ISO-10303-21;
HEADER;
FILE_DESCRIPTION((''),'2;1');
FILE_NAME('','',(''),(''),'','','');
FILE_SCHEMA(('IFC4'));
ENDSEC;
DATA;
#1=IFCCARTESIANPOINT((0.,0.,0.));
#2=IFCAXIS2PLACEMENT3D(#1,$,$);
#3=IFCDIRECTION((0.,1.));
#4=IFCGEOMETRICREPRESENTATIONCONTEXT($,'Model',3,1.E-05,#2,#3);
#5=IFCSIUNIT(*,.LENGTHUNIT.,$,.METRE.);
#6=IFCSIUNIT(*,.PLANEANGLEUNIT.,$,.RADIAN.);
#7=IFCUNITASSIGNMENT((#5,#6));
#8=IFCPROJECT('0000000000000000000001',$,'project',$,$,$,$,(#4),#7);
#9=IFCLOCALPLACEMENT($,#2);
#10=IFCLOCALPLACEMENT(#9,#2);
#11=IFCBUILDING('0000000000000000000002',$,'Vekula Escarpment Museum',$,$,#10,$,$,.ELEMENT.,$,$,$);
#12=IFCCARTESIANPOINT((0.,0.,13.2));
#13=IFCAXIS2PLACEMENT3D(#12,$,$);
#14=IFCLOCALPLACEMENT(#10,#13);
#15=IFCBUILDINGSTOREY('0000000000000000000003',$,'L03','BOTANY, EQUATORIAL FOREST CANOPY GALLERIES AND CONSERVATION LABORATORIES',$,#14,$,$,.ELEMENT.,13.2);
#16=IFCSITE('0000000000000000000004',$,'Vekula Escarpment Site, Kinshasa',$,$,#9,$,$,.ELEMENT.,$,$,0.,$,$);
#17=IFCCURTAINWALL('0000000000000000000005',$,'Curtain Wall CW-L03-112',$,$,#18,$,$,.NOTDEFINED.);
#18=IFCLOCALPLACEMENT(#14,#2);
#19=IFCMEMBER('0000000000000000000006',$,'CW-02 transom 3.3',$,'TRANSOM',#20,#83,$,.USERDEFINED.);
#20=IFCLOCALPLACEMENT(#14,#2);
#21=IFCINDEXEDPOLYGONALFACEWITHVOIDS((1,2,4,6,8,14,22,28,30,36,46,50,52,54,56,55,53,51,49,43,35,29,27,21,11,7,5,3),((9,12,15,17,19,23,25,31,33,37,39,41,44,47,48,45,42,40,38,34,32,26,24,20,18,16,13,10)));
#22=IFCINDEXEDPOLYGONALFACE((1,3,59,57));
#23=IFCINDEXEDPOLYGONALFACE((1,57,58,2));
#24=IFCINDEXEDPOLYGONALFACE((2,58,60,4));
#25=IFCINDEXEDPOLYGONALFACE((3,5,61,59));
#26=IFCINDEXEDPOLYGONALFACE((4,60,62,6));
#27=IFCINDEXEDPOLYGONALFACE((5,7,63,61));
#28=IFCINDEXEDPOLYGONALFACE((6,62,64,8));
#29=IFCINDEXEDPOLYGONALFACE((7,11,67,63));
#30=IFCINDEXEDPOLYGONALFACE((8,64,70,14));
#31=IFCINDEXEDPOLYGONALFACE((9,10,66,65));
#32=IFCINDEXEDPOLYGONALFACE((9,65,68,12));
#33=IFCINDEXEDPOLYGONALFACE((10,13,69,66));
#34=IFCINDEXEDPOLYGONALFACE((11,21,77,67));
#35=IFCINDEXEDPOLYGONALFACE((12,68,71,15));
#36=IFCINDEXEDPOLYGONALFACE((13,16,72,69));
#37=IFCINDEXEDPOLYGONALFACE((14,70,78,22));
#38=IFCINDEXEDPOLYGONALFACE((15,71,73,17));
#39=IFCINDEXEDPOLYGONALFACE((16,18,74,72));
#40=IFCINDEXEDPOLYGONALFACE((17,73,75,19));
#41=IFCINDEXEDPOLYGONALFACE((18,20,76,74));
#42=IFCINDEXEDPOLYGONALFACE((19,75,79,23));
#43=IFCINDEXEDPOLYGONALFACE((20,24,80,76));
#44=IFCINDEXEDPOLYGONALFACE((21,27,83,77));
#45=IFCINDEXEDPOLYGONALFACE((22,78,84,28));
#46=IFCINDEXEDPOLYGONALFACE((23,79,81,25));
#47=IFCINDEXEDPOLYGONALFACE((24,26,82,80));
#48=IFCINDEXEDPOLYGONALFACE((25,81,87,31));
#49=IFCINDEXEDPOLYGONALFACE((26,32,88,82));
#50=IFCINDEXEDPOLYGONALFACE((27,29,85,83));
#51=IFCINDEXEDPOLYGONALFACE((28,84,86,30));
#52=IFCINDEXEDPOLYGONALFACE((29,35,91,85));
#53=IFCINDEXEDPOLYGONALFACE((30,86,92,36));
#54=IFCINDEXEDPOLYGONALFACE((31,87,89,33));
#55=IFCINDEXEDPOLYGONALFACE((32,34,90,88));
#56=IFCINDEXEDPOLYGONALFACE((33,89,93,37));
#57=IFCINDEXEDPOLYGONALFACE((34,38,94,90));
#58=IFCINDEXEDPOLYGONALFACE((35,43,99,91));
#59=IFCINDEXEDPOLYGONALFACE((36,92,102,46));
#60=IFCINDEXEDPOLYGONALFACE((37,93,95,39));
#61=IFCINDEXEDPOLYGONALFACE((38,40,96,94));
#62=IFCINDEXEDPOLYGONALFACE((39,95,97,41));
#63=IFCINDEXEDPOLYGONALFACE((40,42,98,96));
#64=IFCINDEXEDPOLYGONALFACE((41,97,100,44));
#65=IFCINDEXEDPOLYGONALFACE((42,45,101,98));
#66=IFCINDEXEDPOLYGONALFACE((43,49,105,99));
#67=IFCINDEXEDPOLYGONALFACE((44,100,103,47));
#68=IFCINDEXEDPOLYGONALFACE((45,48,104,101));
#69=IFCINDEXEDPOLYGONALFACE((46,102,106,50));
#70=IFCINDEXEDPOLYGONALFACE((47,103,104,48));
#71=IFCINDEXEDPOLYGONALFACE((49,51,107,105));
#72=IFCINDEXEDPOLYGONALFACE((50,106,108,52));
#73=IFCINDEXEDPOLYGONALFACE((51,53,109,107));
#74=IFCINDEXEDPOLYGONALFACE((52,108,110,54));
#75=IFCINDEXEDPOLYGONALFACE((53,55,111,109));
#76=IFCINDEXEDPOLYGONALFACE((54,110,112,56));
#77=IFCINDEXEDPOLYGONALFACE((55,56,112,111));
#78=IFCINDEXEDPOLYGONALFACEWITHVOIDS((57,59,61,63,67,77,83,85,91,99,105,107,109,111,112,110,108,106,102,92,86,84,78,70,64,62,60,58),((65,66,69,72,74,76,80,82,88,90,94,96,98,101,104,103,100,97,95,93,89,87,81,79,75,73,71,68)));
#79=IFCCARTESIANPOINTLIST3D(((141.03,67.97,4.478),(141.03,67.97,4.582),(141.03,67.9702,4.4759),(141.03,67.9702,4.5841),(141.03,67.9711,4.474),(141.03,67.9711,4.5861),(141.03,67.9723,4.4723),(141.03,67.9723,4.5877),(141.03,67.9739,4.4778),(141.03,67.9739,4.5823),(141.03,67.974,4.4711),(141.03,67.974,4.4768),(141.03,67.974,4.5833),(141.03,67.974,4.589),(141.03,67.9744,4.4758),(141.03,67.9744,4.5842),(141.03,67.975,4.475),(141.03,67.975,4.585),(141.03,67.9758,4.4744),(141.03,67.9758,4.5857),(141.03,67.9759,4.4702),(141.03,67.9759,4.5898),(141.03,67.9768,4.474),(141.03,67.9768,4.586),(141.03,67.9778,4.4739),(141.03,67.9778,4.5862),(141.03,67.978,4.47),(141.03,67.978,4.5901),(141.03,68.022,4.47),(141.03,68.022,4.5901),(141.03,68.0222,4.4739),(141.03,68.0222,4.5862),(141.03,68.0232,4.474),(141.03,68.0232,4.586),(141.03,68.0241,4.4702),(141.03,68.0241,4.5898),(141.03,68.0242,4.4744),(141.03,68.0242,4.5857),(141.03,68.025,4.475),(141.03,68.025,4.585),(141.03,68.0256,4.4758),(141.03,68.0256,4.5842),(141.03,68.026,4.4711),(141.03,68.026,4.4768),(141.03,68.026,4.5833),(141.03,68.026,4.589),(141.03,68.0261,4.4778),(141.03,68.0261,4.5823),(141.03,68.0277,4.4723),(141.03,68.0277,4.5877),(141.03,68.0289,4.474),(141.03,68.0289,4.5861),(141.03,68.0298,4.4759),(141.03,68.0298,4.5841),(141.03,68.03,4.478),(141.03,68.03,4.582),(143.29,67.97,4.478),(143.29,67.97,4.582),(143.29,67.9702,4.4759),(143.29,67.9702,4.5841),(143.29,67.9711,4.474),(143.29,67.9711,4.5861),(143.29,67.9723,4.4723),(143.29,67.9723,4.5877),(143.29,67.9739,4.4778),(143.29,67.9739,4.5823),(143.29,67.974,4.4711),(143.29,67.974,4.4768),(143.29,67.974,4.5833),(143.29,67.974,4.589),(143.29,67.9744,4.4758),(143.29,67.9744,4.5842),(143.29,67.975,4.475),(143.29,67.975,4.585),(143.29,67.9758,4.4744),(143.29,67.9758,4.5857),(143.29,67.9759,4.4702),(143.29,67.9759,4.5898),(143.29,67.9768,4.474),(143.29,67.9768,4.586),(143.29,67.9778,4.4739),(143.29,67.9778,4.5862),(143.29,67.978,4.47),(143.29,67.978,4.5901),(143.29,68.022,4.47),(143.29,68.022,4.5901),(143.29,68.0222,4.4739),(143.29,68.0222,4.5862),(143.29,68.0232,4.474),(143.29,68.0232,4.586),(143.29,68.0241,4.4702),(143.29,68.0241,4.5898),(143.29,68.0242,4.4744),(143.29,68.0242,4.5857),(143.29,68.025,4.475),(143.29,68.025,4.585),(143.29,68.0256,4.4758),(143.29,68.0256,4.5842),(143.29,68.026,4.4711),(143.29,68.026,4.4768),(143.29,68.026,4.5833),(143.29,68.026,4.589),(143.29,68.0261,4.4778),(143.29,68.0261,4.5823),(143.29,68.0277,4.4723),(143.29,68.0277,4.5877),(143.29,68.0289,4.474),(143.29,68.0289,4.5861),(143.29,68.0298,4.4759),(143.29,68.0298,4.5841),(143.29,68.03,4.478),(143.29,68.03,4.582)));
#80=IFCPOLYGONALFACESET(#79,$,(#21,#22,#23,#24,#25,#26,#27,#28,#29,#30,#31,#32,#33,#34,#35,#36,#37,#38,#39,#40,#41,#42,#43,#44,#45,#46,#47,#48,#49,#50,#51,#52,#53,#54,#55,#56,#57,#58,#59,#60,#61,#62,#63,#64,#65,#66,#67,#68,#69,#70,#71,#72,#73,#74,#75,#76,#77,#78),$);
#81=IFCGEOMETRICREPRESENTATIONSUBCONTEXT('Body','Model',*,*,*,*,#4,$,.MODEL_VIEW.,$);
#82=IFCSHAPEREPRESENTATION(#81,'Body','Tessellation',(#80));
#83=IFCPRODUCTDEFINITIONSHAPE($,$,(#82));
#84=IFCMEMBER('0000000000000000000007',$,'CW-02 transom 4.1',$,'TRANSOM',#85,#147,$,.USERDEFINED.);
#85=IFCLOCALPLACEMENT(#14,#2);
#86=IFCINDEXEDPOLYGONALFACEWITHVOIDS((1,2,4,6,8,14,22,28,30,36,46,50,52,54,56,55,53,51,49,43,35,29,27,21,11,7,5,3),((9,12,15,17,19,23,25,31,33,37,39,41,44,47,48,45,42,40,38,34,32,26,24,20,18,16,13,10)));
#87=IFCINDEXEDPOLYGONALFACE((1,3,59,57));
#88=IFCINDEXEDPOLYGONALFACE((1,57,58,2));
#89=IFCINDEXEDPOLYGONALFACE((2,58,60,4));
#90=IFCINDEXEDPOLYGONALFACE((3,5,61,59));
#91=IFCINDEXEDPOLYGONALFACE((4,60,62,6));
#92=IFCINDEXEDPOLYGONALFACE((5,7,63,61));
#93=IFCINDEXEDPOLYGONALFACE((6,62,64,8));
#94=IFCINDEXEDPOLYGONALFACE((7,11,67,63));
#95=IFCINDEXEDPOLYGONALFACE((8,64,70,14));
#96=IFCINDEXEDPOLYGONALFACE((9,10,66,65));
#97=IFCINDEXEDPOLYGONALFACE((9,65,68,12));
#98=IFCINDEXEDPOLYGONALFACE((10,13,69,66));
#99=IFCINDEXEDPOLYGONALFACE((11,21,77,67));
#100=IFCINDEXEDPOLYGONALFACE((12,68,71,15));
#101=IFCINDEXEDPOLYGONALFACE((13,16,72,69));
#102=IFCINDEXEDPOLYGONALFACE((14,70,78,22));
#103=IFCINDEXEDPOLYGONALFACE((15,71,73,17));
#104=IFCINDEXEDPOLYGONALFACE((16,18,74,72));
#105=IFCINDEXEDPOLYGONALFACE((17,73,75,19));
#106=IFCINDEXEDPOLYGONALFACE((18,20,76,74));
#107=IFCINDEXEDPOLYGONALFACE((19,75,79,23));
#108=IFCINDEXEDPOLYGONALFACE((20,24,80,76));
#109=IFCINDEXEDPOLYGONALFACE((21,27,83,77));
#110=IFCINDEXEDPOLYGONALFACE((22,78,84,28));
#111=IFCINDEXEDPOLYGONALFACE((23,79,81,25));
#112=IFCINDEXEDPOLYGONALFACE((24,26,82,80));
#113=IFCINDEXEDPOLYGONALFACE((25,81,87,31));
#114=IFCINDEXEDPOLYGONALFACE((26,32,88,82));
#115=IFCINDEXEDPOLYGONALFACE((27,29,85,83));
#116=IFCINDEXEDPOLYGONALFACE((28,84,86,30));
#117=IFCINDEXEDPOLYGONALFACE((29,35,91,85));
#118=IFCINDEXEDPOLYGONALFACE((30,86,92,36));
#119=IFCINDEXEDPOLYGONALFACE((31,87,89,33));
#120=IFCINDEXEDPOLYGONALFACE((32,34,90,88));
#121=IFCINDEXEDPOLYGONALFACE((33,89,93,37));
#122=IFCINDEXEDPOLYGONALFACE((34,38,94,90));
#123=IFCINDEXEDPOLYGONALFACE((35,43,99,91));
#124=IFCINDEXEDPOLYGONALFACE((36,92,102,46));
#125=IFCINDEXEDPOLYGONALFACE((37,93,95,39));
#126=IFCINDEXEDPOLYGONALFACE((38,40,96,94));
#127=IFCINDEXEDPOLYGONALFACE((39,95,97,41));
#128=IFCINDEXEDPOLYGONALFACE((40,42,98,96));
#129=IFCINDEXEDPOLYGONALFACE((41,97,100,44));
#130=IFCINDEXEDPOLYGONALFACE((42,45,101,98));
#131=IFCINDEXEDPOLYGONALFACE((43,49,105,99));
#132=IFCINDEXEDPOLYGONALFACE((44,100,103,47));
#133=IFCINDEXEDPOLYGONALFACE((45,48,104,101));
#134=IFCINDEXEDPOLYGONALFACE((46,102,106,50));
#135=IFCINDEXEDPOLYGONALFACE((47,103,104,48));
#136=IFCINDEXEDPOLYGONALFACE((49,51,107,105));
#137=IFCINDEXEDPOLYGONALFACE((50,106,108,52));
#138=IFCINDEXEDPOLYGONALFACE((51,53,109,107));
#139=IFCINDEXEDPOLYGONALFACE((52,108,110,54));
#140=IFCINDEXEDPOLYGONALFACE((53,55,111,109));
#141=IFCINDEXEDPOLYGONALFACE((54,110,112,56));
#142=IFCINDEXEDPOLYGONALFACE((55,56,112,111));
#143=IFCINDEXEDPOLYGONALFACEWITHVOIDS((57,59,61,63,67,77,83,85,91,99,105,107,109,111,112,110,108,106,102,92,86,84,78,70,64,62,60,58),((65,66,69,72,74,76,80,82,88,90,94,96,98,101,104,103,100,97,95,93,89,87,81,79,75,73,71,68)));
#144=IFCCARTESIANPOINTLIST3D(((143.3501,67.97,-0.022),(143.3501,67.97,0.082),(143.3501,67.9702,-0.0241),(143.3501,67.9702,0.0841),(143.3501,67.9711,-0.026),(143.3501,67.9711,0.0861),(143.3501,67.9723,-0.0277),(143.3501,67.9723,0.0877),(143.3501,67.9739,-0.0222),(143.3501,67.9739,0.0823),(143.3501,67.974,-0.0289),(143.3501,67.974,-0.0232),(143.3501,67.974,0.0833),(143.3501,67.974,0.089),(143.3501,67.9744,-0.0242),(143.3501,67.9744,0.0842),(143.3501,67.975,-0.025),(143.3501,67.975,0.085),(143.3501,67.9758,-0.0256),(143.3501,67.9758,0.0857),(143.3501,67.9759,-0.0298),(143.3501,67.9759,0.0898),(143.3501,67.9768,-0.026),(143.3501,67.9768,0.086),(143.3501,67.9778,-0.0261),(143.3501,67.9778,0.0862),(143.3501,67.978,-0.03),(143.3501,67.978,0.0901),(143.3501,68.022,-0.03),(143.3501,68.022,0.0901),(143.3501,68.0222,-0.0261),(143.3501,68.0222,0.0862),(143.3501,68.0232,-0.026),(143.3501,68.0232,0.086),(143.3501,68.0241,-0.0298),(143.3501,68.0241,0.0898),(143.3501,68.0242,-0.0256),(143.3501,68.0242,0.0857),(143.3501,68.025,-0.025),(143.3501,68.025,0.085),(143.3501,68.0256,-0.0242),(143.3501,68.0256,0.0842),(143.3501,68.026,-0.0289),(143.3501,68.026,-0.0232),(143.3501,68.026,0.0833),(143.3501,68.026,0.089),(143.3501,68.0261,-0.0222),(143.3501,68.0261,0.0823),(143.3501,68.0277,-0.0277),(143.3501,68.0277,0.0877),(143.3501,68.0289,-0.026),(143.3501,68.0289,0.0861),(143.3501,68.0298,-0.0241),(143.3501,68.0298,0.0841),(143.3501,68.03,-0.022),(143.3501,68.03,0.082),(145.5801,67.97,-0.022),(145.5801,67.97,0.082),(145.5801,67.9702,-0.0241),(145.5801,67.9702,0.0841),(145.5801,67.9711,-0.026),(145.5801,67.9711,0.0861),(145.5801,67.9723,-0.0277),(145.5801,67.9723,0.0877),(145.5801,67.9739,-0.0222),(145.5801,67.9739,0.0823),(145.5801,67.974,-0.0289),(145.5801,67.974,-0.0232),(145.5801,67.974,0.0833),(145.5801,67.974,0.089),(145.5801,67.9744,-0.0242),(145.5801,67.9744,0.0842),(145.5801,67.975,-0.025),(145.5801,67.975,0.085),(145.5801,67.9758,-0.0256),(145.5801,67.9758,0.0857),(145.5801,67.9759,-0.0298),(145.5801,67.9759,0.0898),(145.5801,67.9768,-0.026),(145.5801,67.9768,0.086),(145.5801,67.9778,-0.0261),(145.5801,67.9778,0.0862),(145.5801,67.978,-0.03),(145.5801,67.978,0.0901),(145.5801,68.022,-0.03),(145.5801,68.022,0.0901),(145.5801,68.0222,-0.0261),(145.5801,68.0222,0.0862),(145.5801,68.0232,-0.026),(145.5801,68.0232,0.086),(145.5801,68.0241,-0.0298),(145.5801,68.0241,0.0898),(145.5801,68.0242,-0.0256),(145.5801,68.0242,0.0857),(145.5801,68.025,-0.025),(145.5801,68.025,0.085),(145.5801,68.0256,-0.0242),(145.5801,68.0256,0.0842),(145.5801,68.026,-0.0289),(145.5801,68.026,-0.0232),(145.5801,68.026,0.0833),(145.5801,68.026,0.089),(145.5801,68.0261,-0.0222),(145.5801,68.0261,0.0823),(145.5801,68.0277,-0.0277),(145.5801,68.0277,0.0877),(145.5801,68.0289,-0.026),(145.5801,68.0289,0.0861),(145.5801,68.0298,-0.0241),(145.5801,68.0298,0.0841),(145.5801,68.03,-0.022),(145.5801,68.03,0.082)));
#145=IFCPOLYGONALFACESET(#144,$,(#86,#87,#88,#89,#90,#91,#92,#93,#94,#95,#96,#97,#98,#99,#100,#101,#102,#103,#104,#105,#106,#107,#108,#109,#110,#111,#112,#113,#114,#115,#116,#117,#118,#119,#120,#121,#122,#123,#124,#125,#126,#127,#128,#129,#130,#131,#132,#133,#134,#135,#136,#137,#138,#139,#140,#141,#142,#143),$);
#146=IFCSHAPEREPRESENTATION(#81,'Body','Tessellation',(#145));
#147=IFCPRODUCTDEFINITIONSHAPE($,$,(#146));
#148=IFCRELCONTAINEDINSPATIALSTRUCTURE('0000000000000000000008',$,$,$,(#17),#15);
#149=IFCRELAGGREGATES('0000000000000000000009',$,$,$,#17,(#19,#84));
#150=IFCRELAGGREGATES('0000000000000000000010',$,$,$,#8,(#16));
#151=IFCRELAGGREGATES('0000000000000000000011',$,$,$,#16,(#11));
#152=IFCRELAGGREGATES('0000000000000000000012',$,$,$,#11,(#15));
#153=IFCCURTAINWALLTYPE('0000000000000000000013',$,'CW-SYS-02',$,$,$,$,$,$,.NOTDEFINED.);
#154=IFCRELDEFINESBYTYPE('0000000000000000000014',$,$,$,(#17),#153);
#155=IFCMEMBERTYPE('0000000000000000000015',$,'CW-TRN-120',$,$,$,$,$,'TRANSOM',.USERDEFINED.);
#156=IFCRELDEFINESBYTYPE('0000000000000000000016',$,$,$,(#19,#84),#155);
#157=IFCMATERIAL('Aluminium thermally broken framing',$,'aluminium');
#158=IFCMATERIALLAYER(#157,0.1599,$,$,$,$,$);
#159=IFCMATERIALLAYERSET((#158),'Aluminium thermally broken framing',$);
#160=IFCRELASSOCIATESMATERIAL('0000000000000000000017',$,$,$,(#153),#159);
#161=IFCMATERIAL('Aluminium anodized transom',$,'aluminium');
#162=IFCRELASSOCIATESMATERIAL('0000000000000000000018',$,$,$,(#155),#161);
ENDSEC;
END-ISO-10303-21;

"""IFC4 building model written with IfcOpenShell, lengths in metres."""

from ifc_helpers import new_model, si_unit, direction, frame, origin, origin_2d, place, context, subcontext, project, spatial, hollow_rectangle, extrude, material, layer, layer_set, material_profile, profile_set, type_object, element, aggregate, save


model = new_model("IFC4")

# Units and contexts
model_context = context("Model", 3, precision=1e-05, world=origin(), true_north=direction((0.0, 1.0)))
body_context = subcontext(model_context, "Body", "Model", "MODEL_VIEW")
ifc_project = project(units=[si_unit("LENGTHUNIT", "METRE"), si_unit("PLANEANGLEUNIT", "RADIAN")], contexts=[model_context])

# Site, building, storey
site_placement = place(None, origin())
site = spatial("IfcSite", under=ifc_project, at=site_placement, Name="Vekula Escarpment Site, Kinshasa", CompositionType="ELEMENT", RefElevation=0.0)
building_placement = place(site_placement, origin())
building = spatial("IfcBuilding", under=site, at=building_placement, Name="Vekula Escarpment Museum", CompositionType="ELEMENT")
storey_placement = place(building_placement, frame((0.0, 0.0, 13.2)))
storey = spatial("IfcBuildingStorey", under=building, at=storey_placement, Name="L03", Description="BOTANY, EQUATORIAL FOREST CANOPY GALLERIES AND CONSERVATION LABORATORIES", CompositionType="ELEMENT", Elevation=13.2)

# Curtain wall
ifc_material_1 = material(Name="Aluminium thermally broken framing", Category="aluminium")
ifc_layer_1 = layer(ifc_material_1, 0.1599)
ifc_layer_set_1 = layer_set([ifc_layer_1], Name="Aluminium thermally broken framing")
curtain_wall_type_1 = type_object("IfcCurtainWallType", Name="CW-SYS-02", PredefinedType="NOTDEFINED", material=ifc_layer_set_1)
curtain_wall_1_placement = place(storey_placement, origin())
curtain_wall_1 = element("IfcCurtainWall", 1, at=curtain_wall_1_placement, inside=storey, type_object=curtain_wall_type_1, Name="Curtain Wall CW-L03-112", PredefinedType="NOTDEFINED")

# Members
ifc_material_2 = material(Name="Aluminium anodized transom", Category="aluminium")
ifc_material_profile_1 = material_profile(ifc_material_2, hollow_rectangle(XDim=0.0601, YDim=0.1201, WallThickness=0.0039, InnerFilletRadius=0.0039, OuterFilletRadius=0.0081, at=origin_2d()), Name="ALU 120x60x4")
ifc_profile_set_1 = profile_set([ifc_material_profile_1], Name="Aluminium anodized transom")
member_type_1 = type_object("IfcMemberType", Name="CW-TRN-120", ElementType="TRANSOM", PredefinedType="USERDEFINED", material=ifc_profile_set_1)
member_1_placement = place(storey_placement, frame((141.03, 68.0, 4.53), z_axis=(1.0, 0.0, 0.0), x_axis=(0.0, 1.0, 0.0)))
member_1 = element("IfcMember", 2, at=member_1_placement, type_object=member_type_1, Name="CW-02 transom 3.3", ObjectType="TRANSOM", PredefinedType="USERDEFINED", context=body_context, shape_type="SweptSolid", body=[
    extrude(hollow_rectangle(XDim=0.0601, YDim=0.1201, WallThickness=0.0039, InnerFilletRadius=0.0039, OuterFilletRadius=0.0081, at=origin_2d()), origin(), (0.0, 0.0, 1.0), 2.26),
])
member_2_placement = place(storey_placement, frame((143.3501, 68.0, 0.03), z_axis=(1.0, 0.0, 0.0), x_axis=(0.0, 1.0, 0.0)))
member_2 = element("IfcMember", 3, at=member_2_placement, type_object=member_type_1, Name="CW-02 transom 4.1", ObjectType="TRANSOM", PredefinedType="USERDEFINED", context=body_context, shape_type="SweptSolid", body=[
    extrude(hollow_rectangle(XDim=0.0601, YDim=0.1201, WallThickness=0.0039, InnerFilletRadius=0.0039, OuterFilletRadius=0.0081, at=origin_2d()), origin(), (0.0, 0.0, 1.0), 2.23),
])

aggregate(curtain_wall_1, [member_1, member_2])

save(model, "model.ifc")
